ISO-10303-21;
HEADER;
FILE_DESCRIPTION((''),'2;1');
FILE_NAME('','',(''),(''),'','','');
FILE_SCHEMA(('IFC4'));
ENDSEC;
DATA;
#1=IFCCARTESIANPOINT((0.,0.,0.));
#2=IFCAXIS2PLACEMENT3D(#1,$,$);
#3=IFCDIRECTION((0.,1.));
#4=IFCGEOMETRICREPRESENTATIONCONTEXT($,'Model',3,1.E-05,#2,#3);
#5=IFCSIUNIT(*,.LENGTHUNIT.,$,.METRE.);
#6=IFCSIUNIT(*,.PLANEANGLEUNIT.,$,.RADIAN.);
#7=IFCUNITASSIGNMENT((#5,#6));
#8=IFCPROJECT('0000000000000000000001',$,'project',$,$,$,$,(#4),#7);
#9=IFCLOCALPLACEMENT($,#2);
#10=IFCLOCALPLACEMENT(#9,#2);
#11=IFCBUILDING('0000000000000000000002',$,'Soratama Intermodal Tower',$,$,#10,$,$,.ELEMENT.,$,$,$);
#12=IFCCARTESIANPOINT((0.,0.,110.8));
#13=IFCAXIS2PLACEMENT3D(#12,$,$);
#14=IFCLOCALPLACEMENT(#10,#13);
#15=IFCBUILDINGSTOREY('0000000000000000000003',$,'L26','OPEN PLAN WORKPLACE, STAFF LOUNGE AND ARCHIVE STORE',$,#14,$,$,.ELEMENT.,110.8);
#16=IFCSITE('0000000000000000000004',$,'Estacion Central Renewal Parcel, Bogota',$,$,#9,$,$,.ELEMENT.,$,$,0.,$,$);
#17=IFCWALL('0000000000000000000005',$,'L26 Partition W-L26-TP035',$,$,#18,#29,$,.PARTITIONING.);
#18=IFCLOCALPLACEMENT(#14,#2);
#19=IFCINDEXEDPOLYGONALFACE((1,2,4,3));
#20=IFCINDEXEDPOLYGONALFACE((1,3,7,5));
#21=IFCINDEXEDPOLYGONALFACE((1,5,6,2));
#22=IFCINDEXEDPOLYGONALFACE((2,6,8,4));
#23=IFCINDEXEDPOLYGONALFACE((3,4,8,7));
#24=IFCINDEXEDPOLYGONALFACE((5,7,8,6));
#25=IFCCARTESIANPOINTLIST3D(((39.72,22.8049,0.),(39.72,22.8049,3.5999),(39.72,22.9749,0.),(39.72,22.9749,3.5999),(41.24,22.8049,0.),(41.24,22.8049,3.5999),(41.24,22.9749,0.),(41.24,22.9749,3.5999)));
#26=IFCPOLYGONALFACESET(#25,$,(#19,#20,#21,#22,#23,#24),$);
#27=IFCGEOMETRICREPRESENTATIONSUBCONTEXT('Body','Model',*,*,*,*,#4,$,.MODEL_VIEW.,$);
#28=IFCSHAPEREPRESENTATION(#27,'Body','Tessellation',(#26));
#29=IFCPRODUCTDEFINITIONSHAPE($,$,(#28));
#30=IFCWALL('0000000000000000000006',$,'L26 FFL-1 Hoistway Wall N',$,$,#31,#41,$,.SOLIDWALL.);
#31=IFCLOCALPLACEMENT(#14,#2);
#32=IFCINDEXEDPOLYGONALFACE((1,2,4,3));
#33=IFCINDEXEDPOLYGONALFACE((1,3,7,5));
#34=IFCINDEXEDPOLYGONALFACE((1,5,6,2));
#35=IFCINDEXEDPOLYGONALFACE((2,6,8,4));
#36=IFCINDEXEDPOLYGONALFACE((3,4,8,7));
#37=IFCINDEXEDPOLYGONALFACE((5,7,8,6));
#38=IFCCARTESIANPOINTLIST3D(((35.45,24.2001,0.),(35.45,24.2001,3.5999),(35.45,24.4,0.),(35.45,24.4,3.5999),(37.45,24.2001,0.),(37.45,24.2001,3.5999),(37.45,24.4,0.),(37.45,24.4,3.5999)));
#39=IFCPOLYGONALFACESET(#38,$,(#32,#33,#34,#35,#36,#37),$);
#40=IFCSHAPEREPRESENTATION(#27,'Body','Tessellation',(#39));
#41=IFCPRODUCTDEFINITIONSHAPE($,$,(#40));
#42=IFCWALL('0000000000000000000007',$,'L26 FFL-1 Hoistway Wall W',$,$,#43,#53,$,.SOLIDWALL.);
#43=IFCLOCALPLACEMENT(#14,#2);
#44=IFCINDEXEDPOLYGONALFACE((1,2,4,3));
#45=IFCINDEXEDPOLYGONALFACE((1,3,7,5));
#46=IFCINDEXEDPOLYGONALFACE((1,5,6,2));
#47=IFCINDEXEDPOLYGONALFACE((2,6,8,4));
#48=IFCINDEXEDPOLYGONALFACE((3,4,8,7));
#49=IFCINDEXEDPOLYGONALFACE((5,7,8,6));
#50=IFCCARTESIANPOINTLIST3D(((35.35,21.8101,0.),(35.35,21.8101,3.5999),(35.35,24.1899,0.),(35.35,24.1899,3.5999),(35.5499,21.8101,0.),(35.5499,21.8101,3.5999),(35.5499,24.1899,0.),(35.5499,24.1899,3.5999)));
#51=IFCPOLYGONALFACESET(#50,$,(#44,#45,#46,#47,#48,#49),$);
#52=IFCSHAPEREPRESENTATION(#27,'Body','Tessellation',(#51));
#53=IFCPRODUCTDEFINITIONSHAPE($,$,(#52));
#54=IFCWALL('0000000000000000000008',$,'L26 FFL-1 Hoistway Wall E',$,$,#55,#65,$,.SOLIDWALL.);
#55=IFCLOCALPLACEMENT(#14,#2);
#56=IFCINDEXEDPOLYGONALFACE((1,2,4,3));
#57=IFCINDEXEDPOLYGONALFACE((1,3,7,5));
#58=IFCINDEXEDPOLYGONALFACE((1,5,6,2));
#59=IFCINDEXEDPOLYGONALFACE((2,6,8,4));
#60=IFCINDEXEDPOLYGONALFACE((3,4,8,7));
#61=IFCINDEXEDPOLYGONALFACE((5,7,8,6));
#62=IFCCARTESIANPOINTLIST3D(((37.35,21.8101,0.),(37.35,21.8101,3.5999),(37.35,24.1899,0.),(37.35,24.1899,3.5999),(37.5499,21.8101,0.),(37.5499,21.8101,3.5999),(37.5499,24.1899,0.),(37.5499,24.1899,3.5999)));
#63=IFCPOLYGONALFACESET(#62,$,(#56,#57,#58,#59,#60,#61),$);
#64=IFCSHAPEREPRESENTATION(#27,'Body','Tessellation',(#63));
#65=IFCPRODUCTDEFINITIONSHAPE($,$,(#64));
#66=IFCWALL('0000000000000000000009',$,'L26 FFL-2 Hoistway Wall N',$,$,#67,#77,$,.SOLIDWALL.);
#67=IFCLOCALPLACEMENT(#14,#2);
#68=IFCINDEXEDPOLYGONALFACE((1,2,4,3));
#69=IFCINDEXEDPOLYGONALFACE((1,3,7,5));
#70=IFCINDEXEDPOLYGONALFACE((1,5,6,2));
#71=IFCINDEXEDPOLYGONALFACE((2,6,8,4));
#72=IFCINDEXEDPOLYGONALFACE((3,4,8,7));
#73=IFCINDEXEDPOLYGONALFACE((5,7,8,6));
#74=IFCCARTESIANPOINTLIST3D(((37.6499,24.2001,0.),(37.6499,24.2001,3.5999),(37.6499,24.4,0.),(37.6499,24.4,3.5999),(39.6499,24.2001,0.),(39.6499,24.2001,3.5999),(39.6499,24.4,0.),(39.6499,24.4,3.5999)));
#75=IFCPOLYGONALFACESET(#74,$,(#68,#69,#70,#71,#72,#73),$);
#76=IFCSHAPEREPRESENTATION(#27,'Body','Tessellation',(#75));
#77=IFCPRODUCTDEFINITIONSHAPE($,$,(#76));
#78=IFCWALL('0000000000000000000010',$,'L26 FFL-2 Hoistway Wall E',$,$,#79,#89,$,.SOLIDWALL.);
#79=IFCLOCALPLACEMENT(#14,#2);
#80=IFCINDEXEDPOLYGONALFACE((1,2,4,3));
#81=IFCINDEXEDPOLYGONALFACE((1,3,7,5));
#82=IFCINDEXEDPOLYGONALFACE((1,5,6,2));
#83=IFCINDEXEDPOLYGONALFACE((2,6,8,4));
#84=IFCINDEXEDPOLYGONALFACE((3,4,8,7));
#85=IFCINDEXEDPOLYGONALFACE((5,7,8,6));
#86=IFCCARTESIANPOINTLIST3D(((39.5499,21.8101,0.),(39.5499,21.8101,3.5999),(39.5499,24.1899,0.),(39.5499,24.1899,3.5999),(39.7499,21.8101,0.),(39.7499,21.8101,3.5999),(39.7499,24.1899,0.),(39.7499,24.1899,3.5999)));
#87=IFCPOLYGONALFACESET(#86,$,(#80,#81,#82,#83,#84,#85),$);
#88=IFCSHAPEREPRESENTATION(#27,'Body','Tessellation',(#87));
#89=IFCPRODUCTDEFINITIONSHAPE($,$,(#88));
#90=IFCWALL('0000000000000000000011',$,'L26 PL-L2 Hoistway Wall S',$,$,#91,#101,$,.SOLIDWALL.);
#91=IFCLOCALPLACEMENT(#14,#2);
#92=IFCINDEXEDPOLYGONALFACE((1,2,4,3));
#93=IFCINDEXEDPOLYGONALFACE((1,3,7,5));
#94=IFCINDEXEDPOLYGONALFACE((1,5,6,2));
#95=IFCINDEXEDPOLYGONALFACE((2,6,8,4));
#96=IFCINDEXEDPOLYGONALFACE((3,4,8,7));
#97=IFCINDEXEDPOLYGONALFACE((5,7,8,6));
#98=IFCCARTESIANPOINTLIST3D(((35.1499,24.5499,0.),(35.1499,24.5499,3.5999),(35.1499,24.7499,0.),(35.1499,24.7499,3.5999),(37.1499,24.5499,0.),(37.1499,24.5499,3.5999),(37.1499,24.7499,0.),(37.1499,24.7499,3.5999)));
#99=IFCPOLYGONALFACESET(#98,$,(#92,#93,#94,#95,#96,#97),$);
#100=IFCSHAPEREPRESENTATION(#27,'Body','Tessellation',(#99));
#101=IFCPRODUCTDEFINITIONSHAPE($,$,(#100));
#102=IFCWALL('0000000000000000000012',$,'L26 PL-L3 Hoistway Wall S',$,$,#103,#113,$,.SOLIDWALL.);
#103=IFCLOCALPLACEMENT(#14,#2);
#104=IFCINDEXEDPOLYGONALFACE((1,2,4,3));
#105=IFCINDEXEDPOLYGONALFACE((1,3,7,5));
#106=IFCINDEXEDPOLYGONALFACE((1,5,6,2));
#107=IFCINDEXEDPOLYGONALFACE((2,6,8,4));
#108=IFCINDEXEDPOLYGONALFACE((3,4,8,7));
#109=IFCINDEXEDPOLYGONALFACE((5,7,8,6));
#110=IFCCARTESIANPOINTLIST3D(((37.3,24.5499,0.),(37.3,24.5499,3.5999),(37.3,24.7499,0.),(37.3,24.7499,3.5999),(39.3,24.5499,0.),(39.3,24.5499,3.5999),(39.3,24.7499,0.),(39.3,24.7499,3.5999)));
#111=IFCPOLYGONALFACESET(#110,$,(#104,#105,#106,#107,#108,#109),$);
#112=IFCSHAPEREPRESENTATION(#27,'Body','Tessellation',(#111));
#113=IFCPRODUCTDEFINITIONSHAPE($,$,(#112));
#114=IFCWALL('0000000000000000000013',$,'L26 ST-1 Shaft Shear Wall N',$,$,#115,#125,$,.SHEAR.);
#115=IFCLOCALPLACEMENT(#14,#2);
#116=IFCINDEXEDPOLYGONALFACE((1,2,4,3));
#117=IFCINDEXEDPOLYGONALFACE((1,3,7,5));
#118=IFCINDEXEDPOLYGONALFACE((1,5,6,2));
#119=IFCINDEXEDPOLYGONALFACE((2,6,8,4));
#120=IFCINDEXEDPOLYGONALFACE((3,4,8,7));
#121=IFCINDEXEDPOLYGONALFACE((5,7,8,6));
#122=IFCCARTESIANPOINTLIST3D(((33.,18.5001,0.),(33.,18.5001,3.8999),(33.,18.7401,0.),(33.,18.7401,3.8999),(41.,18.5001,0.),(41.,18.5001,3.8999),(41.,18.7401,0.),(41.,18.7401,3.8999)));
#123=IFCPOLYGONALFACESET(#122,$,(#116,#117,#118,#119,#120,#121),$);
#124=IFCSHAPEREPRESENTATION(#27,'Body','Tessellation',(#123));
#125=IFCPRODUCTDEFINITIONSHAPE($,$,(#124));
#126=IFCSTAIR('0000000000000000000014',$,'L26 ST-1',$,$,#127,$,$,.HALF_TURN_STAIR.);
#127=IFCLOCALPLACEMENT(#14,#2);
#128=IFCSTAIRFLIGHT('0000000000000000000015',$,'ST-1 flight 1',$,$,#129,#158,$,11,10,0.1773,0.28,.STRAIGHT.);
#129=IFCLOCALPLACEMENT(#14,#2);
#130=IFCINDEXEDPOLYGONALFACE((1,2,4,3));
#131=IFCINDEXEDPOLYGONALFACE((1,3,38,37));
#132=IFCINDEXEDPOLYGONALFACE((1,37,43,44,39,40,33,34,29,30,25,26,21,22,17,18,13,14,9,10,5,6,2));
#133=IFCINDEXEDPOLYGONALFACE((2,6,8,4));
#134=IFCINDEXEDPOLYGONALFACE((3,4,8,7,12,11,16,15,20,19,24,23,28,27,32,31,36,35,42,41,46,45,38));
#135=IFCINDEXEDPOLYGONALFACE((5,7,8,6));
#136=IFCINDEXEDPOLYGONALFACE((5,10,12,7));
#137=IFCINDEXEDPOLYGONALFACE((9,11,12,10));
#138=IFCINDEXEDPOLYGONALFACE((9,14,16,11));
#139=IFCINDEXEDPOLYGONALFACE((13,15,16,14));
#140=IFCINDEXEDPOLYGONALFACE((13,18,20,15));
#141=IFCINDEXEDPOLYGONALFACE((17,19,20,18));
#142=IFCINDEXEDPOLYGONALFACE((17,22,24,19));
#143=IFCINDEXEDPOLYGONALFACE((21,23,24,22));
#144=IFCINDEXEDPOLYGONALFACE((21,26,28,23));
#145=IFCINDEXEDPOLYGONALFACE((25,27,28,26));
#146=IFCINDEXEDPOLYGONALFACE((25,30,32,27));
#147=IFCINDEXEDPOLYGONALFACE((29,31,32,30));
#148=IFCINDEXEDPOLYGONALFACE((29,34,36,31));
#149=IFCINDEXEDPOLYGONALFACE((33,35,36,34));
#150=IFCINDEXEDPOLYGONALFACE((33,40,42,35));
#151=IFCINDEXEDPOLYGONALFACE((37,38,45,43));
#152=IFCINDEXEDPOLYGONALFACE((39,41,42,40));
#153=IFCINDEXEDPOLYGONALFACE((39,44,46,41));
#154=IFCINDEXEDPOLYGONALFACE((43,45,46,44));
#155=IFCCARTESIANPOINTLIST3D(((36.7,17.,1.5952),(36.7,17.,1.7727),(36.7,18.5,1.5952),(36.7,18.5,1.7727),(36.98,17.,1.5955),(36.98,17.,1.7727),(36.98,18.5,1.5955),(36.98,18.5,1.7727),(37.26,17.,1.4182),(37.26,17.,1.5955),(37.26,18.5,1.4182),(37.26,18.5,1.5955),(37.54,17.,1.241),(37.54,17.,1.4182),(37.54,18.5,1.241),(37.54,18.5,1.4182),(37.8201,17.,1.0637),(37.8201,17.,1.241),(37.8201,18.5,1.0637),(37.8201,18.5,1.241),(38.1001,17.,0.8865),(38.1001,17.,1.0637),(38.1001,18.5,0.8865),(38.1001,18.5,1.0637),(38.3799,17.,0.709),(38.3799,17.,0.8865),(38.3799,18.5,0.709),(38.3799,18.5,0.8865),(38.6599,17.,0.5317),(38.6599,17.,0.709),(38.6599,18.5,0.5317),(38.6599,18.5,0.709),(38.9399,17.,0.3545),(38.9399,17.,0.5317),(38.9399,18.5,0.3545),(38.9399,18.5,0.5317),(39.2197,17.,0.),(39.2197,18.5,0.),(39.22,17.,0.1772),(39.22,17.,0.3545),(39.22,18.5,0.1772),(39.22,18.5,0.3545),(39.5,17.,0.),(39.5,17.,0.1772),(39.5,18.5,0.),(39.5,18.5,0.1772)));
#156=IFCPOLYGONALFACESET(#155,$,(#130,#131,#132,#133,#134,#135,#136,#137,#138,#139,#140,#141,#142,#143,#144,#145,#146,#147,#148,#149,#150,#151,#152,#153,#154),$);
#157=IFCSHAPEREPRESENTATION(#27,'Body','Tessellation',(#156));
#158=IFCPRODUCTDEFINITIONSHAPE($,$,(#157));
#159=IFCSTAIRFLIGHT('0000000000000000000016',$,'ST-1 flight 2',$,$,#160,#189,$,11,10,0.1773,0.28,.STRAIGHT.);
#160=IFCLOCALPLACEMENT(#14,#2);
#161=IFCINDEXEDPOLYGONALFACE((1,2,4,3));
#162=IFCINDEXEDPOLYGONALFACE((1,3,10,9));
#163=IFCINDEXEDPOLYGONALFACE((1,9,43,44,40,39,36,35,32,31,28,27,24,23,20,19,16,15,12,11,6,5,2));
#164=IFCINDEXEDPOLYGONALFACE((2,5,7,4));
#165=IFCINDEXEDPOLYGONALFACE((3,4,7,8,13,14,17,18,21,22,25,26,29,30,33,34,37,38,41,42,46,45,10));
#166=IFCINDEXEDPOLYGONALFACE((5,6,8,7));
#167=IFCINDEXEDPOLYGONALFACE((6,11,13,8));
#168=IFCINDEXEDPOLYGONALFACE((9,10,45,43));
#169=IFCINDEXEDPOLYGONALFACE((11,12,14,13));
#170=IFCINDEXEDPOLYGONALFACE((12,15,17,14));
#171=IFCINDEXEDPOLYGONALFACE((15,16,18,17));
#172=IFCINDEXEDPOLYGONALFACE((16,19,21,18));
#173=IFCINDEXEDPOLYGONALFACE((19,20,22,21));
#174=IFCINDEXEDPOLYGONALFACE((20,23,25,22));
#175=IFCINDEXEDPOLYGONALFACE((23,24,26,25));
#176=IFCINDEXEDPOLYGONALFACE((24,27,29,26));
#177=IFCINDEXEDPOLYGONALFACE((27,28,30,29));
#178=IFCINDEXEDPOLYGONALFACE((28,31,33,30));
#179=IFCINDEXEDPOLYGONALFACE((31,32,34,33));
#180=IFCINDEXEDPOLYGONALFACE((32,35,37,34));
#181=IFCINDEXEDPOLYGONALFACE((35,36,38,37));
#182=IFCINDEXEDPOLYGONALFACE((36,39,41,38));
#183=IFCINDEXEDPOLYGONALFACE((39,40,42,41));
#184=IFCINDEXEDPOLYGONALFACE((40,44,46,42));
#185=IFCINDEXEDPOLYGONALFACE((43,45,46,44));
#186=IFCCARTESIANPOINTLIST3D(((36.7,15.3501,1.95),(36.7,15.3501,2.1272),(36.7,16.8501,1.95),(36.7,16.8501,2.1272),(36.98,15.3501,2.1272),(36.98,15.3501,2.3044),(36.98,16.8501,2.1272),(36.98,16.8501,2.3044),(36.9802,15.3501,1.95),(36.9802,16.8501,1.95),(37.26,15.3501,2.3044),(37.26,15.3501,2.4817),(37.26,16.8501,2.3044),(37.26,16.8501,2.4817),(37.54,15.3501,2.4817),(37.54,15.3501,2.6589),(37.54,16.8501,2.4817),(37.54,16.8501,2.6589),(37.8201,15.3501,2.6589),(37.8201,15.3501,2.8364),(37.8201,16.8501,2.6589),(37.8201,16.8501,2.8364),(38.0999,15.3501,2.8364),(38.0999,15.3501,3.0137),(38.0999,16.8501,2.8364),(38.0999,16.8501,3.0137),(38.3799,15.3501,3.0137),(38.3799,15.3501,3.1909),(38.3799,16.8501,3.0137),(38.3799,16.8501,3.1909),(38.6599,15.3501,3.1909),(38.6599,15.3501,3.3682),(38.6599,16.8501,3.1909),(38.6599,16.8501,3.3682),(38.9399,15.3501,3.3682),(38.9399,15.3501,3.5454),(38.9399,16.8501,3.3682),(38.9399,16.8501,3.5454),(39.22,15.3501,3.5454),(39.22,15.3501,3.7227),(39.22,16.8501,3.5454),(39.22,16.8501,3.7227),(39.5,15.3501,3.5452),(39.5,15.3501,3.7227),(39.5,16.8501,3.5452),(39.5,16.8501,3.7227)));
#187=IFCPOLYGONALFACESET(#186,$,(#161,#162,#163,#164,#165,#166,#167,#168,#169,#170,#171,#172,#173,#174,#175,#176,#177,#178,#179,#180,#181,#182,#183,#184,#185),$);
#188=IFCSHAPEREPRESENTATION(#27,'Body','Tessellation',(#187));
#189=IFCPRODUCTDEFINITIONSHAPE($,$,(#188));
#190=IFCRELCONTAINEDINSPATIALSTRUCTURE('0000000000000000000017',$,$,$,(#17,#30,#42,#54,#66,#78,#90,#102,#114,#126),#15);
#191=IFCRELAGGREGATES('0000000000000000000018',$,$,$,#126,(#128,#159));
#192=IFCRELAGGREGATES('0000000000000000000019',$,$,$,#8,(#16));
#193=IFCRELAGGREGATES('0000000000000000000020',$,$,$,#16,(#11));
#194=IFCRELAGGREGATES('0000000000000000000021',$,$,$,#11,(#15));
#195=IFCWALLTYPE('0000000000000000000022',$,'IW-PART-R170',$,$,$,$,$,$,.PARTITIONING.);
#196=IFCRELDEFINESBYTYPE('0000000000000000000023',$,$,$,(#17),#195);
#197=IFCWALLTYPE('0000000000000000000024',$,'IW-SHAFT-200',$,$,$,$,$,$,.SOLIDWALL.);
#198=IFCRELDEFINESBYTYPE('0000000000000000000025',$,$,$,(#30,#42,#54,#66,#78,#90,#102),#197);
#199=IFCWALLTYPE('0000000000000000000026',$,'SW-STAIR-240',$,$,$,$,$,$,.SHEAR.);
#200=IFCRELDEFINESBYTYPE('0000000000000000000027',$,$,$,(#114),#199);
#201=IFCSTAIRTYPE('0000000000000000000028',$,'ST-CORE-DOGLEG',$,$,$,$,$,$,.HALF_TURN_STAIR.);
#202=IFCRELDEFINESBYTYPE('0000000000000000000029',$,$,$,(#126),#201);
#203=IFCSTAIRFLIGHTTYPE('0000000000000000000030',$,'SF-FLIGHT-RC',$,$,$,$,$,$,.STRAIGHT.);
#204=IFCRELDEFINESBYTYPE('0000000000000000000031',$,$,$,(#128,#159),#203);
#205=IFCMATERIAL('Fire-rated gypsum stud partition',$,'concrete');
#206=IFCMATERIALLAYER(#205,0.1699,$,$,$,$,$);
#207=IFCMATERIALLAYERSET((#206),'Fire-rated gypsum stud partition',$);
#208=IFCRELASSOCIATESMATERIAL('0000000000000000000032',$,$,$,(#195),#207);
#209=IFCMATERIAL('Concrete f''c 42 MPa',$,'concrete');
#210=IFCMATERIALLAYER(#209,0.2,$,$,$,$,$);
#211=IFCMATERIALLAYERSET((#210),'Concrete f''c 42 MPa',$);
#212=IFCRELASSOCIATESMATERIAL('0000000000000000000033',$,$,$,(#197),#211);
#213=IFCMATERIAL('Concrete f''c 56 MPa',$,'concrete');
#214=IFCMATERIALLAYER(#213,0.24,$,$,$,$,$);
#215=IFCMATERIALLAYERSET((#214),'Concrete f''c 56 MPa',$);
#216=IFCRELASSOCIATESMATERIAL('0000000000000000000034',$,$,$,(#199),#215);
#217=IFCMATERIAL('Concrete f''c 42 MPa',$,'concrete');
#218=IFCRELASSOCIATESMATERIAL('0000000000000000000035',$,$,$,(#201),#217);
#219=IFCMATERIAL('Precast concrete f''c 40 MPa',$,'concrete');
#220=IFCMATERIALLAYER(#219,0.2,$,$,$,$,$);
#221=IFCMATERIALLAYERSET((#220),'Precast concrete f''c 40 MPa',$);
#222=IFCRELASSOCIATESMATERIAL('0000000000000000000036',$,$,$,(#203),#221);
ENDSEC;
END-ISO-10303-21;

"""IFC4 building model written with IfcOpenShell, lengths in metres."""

from ifc_helpers import new_model, si_unit, direction, frame, frame_2d, origin, place, context, subcontext, project, spatial, polyline, rectangle, outline, extrude, material, layer, layer_set, type_object, element, aggregate, save


model = new_model("IFC4")

# Units and contexts
model_context = context("Model", 3, precision=1e-05, world=origin(), true_north=direction((0.0, 1.0)))
body_context = subcontext(model_context, "Body", "Model", "MODEL_VIEW")
ifc_project = project(units=[si_unit("LENGTHUNIT", "METRE"), si_unit("PLANEANGLEUNIT", "RADIAN")], contexts=[model_context])

# Site, building, storey
site_placement = place(None, origin())
site = spatial("IfcSite", under=ifc_project, at=site_placement, Name="Estacion Central Renewal Parcel, Bogota", CompositionType="ELEMENT", RefElevation=0.0)
building_placement = place(site_placement, origin())
building = spatial("IfcBuilding", under=site, at=building_placement, Name="Soratama Intermodal Tower", CompositionType="ELEMENT")
storey_placement = place(building_placement, frame((0.0, 0.0, 110.8)))
storey = spatial("IfcBuildingStorey", under=building, at=storey_placement, Name="L26", Description="OPEN PLAN WORKPLACE, STAFF LOUNGE AND ARCHIVE STORE", CompositionType="ELEMENT", Elevation=110.8)

# Wall
ifc_material_1 = material(Name="Fire-rated gypsum stud partition", Category="concrete")
ifc_layer_1 = layer(ifc_material_1, 0.1699)
ifc_layer_set_1 = layer_set([ifc_layer_1], Name="Fire-rated gypsum stud partition")
wall_type_1 = type_object("IfcWallType", Name="IW-PART-R170", PredefinedType="PARTITIONING", material=ifc_layer_set_1)
wall_1_placement = place(storey_placement, frame((39.72, 22.8899, 0.0), z_axis=(0.0, 0.0, 1.0), x_axis=(1.0, 0.0, 0.0)))
element("IfcWall", 1, at=wall_1_placement, inside=storey, type_object=wall_type_1, Name="L26 Partition W-L26-TP035", PredefinedType="PARTITIONING", context=body_context, shape_type="SweptSolid", body=[
    extrude(rectangle(XDim=1.52, YDim=0.1699, at=frame_2d((0.76, 0.0))), origin(), (0.0, 0.0, 1.0), 3.5999),
])

# Shared definitions
ifc_material_2 = material(Name="Concrete f'c 42 MPa", Category="concrete")
ifc_layer_2 = layer(ifc_material_2, 0.2)
ifc_layer_set_2 = layer_set([ifc_layer_2], Name="Concrete f'c 42 MPa")
wall_type_2 = type_object("IfcWallType", Name="IW-SHAFT-200", PredefinedType="SOLIDWALL", material=ifc_layer_set_2)

# Walls
wall_2_placement = place(storey_placement, frame((35.45, 24.3, 0.0), z_axis=(0.0, 0.0, 1.0), x_axis=(1.0, 0.0, 0.0)))
element("IfcWall", 2, at=wall_2_placement, inside=storey, type_object=wall_type_2, Name="L26 FFL-1 Hoistway Wall N", PredefinedType="SOLIDWALL", context=body_context, shape_type="SweptSolid", body=[
    extrude(rectangle(XDim=2.0, YDim=0.2, at=frame_2d((1.0, 0.0))), origin(), (0.0, 0.0, 1.0), 3.5999),
])
for number, where, z_axis, x_axis, name in (
    (3, (35.45, 21.8101, 0.0), (0.0, 0.0, 1.0), (0.0, 1.0, 0.0), "L26 FFL-1 Hoistway Wall W"),
    (4, (37.45, 21.8101, 0.0), (0.0, 0.0, 1.0), (0.0, 1.0, 0.0), "L26 FFL-1 Hoistway Wall E"),
):
    element("IfcWall", number, at=place(storey_placement, frame(where, z_axis=z_axis, x_axis=x_axis)), inside=storey, type_object=wall_type_2, Name=name, PredefinedType="SOLIDWALL", context=body_context, shape_type="SweptSolid", body=[
        extrude(rectangle(XDim=2.3799, YDim=0.2, at=frame_2d((1.1899, 0.0))), origin(), (0.0, 0.0, 1.0), 3.5999),
    ])

# Walls
wall_3_placement = place(storey_placement, frame((37.6499, 24.3, 0.0), z_axis=(0.0, 0.0, 1.0), x_axis=(1.0, 0.0, 0.0)))
element("IfcWall", 5, at=wall_3_placement, inside=storey, type_object=wall_type_2, Name="L26 FFL-2 Hoistway Wall N", PredefinedType="SOLIDWALL", context=body_context, shape_type="SweptSolid", body=[
    extrude(rectangle(XDim=2.0, YDim=0.2, at=frame_2d((1.0, 0.0))), origin(), (0.0, 0.0, 1.0), 3.5999),
])
wall_4_placement = place(storey_placement, frame((39.6499, 21.8101, 0.0), z_axis=(0.0, 0.0, 1.0), x_axis=(0.0, 1.0, 0.0)))
element("IfcWall", 6, at=wall_4_placement, inside=storey, type_object=wall_type_2, Name="L26 FFL-2 Hoistway Wall E", PredefinedType="SOLIDWALL", context=body_context, shape_type="SweptSolid", body=[
    extrude(rectangle(XDim=2.3799, YDim=0.2, at=frame_2d((1.1899, 0.0))), origin(), (0.0, 0.0, 1.0), 3.5999),
])

# Walls
for number, where, z_axis, x_axis, name in (
    (7, (35.1499, 24.6499, 0.0), (0.0, 0.0, 1.0), (1.0, 0.0, 0.0), "L26 PL-L2 Hoistway Wall S"),
    (8, (37.3, 24.6499, 0.0), (0.0, 0.0, 1.0), (1.0, 0.0, 0.0), "L26 PL-L3 Hoistway Wall S"),
):
    element("IfcWall", number, at=place(storey_placement, frame(where, z_axis=z_axis, x_axis=x_axis)), inside=storey, type_object=wall_type_2, Name=name, PredefinedType="SOLIDWALL", context=body_context, shape_type="SweptSolid", body=[
        extrude(rectangle(XDim=2.0, YDim=0.2, at=frame_2d((1.0, 0.0))), origin(), (0.0, 0.0, 1.0), 3.5999),
    ])
ifc_material_3 = material(Name="Concrete f'c 56 MPa", Category="concrete")
ifc_layer_3 = layer(ifc_material_3, 0.24)
ifc_layer_set_3 = layer_set([ifc_layer_3], Name="Concrete f'c 56 MPa")
wall_type_3 = type_object("IfcWallType", Name="SW-STAIR-240", PredefinedType="SHEAR", material=ifc_layer_set_3)
wall_5_placement = place(storey_placement, frame((33.0, 18.6201, 0.0), z_axis=(0.0, 0.0, 1.0), x_axis=(1.0, 0.0, 0.0)))
element("IfcWall", 9, at=wall_5_placement, inside=storey, type_object=wall_type_3, Name="L26 ST-1 Shaft Shear Wall N", PredefinedType="SHEAR", context=body_context, shape_type="SweptSolid", body=[
    extrude(rectangle(XDim=8.0, YDim=0.24, at=frame_2d((4.0, 0.0))), origin(), (0.0, 0.0, 1.0), 3.8999),
])

# Stair, stair flights
ifc_material_4 = material(Name="Concrete f'c 42 MPa", Category="concrete")
stair_type = type_object("IfcStairType", Name="ST-CORE-DOGLEG", PredefinedType="HALF_TURN_STAIR", material=ifc_material_4)
stair_placement = place(storey_placement, origin())
stair = element("IfcStair", 10, at=stair_placement, inside=storey, type_object=stair_type, Name="L26 ST-1", PredefinedType="HALF_TURN_STAIR")
ifc_material_5 = material(Name="Precast concrete f'c 40 MPa", Category="concrete")
ifc_layer_4 = layer(ifc_material_5, 0.2)
ifc_layer_set_4 = layer_set([ifc_layer_4], Name="Precast concrete f'c 40 MPa")
stair_flight_type = type_object("IfcStairFlightType", Name="SF-FLIGHT-RC", PredefinedType="STRAIGHT", material=ifc_layer_set_4)
stair_flight_1_placement = place(storey_placement, frame((39.5, 17.75, 0.0), z_axis=(0.0, 0.0, 1.0), x_axis=(-1.0, 0.0, 0.0)))
stair_flight_1 = element("IfcStairFlight", 11, at=stair_flight_1_placement, type_object=stair_flight_type, Name="ST-1 flight 1", NumberOfRisers=11, NumberOfTreads=10, PredefinedType="STRAIGHT", RiserHeight=0.1773, TreadLength=0.28, context=body_context, shape_type="SweptSolid", body=[
    extrude(outline(polyline([(0.0, 0.0), (0.0, 0.1772), (0.28, 0.1772), (0.28, 0.3545), (0.5601, 0.3545), (0.5601, 0.5317), (0.8401, 0.5317), (0.8401, 0.709), (1.1201, 0.709), (1.1201, 0.8865), (1.3999, 0.8865), (1.3999, 1.0637), (1.6799, 1.0637), (1.6799, 1.241), (1.96, 1.241), (1.96, 1.4182), (2.24, 1.4182), (2.24, 1.5955), (2.52, 1.5955), (2.52, 1.7727), (2.8, 1.7727), (2.8, 1.95), (2.8, 1.5952), (0.2803, 0.0), (0.0, 0.0)])), frame((0.0, 0.75, 0.0), z_axis=(0.0, -1.0, 0.0), x_axis=(1.0, 0.0, 0.0)), (0.0, 0.0, 1.0), 1.5),
])
stair_flight_2_placement = place(storey_placement, frame((36.7, 16.1001, 1.95), z_axis=(0.0, 0.0, 1.0), x_axis=(1.0, 0.0, 0.0)))
stair_flight_2 = element("IfcStairFlight", 12, at=stair_flight_2_placement, type_object=stair_flight_type, Name="ST-1 flight 2", NumberOfRisers=11, NumberOfTreads=10, PredefinedType="STRAIGHT", RiserHeight=0.1773, TreadLength=0.28, context=body_context, shape_type="SweptSolid", body=[
    extrude(outline(polyline([(0.0, 0.0), (0.0, 0.1772), (0.28, 0.1772), (0.28, 0.3545), (0.5601, 0.3545), (0.5601, 0.5317), (0.8401, 0.5317), (0.8401, 0.709), (1.1201, 0.709), (1.1201, 0.8865), (1.3999, 0.8865), (1.3999, 1.0637), (1.6799, 1.0637), (1.6799, 1.241), (1.96, 1.241), (1.96, 1.4182), (2.24, 1.4182), (2.24, 1.5955), (2.52, 1.5955), (2.52, 1.7727), (2.8, 1.7727), (2.8, 1.95), (2.8, 1.5952), (0.2803, 0.0), (0.0, 0.0)])), frame((0.0, 0.75, 0.0), z_axis=(0.0, -1.0, 0.0), x_axis=(1.0, 0.0, 0.0)), (0.0, 0.0, 1.0), 1.5),
])
aggregate(stair, [stair_flight_1, stair_flight_2])

save(model, "model.ifc")
